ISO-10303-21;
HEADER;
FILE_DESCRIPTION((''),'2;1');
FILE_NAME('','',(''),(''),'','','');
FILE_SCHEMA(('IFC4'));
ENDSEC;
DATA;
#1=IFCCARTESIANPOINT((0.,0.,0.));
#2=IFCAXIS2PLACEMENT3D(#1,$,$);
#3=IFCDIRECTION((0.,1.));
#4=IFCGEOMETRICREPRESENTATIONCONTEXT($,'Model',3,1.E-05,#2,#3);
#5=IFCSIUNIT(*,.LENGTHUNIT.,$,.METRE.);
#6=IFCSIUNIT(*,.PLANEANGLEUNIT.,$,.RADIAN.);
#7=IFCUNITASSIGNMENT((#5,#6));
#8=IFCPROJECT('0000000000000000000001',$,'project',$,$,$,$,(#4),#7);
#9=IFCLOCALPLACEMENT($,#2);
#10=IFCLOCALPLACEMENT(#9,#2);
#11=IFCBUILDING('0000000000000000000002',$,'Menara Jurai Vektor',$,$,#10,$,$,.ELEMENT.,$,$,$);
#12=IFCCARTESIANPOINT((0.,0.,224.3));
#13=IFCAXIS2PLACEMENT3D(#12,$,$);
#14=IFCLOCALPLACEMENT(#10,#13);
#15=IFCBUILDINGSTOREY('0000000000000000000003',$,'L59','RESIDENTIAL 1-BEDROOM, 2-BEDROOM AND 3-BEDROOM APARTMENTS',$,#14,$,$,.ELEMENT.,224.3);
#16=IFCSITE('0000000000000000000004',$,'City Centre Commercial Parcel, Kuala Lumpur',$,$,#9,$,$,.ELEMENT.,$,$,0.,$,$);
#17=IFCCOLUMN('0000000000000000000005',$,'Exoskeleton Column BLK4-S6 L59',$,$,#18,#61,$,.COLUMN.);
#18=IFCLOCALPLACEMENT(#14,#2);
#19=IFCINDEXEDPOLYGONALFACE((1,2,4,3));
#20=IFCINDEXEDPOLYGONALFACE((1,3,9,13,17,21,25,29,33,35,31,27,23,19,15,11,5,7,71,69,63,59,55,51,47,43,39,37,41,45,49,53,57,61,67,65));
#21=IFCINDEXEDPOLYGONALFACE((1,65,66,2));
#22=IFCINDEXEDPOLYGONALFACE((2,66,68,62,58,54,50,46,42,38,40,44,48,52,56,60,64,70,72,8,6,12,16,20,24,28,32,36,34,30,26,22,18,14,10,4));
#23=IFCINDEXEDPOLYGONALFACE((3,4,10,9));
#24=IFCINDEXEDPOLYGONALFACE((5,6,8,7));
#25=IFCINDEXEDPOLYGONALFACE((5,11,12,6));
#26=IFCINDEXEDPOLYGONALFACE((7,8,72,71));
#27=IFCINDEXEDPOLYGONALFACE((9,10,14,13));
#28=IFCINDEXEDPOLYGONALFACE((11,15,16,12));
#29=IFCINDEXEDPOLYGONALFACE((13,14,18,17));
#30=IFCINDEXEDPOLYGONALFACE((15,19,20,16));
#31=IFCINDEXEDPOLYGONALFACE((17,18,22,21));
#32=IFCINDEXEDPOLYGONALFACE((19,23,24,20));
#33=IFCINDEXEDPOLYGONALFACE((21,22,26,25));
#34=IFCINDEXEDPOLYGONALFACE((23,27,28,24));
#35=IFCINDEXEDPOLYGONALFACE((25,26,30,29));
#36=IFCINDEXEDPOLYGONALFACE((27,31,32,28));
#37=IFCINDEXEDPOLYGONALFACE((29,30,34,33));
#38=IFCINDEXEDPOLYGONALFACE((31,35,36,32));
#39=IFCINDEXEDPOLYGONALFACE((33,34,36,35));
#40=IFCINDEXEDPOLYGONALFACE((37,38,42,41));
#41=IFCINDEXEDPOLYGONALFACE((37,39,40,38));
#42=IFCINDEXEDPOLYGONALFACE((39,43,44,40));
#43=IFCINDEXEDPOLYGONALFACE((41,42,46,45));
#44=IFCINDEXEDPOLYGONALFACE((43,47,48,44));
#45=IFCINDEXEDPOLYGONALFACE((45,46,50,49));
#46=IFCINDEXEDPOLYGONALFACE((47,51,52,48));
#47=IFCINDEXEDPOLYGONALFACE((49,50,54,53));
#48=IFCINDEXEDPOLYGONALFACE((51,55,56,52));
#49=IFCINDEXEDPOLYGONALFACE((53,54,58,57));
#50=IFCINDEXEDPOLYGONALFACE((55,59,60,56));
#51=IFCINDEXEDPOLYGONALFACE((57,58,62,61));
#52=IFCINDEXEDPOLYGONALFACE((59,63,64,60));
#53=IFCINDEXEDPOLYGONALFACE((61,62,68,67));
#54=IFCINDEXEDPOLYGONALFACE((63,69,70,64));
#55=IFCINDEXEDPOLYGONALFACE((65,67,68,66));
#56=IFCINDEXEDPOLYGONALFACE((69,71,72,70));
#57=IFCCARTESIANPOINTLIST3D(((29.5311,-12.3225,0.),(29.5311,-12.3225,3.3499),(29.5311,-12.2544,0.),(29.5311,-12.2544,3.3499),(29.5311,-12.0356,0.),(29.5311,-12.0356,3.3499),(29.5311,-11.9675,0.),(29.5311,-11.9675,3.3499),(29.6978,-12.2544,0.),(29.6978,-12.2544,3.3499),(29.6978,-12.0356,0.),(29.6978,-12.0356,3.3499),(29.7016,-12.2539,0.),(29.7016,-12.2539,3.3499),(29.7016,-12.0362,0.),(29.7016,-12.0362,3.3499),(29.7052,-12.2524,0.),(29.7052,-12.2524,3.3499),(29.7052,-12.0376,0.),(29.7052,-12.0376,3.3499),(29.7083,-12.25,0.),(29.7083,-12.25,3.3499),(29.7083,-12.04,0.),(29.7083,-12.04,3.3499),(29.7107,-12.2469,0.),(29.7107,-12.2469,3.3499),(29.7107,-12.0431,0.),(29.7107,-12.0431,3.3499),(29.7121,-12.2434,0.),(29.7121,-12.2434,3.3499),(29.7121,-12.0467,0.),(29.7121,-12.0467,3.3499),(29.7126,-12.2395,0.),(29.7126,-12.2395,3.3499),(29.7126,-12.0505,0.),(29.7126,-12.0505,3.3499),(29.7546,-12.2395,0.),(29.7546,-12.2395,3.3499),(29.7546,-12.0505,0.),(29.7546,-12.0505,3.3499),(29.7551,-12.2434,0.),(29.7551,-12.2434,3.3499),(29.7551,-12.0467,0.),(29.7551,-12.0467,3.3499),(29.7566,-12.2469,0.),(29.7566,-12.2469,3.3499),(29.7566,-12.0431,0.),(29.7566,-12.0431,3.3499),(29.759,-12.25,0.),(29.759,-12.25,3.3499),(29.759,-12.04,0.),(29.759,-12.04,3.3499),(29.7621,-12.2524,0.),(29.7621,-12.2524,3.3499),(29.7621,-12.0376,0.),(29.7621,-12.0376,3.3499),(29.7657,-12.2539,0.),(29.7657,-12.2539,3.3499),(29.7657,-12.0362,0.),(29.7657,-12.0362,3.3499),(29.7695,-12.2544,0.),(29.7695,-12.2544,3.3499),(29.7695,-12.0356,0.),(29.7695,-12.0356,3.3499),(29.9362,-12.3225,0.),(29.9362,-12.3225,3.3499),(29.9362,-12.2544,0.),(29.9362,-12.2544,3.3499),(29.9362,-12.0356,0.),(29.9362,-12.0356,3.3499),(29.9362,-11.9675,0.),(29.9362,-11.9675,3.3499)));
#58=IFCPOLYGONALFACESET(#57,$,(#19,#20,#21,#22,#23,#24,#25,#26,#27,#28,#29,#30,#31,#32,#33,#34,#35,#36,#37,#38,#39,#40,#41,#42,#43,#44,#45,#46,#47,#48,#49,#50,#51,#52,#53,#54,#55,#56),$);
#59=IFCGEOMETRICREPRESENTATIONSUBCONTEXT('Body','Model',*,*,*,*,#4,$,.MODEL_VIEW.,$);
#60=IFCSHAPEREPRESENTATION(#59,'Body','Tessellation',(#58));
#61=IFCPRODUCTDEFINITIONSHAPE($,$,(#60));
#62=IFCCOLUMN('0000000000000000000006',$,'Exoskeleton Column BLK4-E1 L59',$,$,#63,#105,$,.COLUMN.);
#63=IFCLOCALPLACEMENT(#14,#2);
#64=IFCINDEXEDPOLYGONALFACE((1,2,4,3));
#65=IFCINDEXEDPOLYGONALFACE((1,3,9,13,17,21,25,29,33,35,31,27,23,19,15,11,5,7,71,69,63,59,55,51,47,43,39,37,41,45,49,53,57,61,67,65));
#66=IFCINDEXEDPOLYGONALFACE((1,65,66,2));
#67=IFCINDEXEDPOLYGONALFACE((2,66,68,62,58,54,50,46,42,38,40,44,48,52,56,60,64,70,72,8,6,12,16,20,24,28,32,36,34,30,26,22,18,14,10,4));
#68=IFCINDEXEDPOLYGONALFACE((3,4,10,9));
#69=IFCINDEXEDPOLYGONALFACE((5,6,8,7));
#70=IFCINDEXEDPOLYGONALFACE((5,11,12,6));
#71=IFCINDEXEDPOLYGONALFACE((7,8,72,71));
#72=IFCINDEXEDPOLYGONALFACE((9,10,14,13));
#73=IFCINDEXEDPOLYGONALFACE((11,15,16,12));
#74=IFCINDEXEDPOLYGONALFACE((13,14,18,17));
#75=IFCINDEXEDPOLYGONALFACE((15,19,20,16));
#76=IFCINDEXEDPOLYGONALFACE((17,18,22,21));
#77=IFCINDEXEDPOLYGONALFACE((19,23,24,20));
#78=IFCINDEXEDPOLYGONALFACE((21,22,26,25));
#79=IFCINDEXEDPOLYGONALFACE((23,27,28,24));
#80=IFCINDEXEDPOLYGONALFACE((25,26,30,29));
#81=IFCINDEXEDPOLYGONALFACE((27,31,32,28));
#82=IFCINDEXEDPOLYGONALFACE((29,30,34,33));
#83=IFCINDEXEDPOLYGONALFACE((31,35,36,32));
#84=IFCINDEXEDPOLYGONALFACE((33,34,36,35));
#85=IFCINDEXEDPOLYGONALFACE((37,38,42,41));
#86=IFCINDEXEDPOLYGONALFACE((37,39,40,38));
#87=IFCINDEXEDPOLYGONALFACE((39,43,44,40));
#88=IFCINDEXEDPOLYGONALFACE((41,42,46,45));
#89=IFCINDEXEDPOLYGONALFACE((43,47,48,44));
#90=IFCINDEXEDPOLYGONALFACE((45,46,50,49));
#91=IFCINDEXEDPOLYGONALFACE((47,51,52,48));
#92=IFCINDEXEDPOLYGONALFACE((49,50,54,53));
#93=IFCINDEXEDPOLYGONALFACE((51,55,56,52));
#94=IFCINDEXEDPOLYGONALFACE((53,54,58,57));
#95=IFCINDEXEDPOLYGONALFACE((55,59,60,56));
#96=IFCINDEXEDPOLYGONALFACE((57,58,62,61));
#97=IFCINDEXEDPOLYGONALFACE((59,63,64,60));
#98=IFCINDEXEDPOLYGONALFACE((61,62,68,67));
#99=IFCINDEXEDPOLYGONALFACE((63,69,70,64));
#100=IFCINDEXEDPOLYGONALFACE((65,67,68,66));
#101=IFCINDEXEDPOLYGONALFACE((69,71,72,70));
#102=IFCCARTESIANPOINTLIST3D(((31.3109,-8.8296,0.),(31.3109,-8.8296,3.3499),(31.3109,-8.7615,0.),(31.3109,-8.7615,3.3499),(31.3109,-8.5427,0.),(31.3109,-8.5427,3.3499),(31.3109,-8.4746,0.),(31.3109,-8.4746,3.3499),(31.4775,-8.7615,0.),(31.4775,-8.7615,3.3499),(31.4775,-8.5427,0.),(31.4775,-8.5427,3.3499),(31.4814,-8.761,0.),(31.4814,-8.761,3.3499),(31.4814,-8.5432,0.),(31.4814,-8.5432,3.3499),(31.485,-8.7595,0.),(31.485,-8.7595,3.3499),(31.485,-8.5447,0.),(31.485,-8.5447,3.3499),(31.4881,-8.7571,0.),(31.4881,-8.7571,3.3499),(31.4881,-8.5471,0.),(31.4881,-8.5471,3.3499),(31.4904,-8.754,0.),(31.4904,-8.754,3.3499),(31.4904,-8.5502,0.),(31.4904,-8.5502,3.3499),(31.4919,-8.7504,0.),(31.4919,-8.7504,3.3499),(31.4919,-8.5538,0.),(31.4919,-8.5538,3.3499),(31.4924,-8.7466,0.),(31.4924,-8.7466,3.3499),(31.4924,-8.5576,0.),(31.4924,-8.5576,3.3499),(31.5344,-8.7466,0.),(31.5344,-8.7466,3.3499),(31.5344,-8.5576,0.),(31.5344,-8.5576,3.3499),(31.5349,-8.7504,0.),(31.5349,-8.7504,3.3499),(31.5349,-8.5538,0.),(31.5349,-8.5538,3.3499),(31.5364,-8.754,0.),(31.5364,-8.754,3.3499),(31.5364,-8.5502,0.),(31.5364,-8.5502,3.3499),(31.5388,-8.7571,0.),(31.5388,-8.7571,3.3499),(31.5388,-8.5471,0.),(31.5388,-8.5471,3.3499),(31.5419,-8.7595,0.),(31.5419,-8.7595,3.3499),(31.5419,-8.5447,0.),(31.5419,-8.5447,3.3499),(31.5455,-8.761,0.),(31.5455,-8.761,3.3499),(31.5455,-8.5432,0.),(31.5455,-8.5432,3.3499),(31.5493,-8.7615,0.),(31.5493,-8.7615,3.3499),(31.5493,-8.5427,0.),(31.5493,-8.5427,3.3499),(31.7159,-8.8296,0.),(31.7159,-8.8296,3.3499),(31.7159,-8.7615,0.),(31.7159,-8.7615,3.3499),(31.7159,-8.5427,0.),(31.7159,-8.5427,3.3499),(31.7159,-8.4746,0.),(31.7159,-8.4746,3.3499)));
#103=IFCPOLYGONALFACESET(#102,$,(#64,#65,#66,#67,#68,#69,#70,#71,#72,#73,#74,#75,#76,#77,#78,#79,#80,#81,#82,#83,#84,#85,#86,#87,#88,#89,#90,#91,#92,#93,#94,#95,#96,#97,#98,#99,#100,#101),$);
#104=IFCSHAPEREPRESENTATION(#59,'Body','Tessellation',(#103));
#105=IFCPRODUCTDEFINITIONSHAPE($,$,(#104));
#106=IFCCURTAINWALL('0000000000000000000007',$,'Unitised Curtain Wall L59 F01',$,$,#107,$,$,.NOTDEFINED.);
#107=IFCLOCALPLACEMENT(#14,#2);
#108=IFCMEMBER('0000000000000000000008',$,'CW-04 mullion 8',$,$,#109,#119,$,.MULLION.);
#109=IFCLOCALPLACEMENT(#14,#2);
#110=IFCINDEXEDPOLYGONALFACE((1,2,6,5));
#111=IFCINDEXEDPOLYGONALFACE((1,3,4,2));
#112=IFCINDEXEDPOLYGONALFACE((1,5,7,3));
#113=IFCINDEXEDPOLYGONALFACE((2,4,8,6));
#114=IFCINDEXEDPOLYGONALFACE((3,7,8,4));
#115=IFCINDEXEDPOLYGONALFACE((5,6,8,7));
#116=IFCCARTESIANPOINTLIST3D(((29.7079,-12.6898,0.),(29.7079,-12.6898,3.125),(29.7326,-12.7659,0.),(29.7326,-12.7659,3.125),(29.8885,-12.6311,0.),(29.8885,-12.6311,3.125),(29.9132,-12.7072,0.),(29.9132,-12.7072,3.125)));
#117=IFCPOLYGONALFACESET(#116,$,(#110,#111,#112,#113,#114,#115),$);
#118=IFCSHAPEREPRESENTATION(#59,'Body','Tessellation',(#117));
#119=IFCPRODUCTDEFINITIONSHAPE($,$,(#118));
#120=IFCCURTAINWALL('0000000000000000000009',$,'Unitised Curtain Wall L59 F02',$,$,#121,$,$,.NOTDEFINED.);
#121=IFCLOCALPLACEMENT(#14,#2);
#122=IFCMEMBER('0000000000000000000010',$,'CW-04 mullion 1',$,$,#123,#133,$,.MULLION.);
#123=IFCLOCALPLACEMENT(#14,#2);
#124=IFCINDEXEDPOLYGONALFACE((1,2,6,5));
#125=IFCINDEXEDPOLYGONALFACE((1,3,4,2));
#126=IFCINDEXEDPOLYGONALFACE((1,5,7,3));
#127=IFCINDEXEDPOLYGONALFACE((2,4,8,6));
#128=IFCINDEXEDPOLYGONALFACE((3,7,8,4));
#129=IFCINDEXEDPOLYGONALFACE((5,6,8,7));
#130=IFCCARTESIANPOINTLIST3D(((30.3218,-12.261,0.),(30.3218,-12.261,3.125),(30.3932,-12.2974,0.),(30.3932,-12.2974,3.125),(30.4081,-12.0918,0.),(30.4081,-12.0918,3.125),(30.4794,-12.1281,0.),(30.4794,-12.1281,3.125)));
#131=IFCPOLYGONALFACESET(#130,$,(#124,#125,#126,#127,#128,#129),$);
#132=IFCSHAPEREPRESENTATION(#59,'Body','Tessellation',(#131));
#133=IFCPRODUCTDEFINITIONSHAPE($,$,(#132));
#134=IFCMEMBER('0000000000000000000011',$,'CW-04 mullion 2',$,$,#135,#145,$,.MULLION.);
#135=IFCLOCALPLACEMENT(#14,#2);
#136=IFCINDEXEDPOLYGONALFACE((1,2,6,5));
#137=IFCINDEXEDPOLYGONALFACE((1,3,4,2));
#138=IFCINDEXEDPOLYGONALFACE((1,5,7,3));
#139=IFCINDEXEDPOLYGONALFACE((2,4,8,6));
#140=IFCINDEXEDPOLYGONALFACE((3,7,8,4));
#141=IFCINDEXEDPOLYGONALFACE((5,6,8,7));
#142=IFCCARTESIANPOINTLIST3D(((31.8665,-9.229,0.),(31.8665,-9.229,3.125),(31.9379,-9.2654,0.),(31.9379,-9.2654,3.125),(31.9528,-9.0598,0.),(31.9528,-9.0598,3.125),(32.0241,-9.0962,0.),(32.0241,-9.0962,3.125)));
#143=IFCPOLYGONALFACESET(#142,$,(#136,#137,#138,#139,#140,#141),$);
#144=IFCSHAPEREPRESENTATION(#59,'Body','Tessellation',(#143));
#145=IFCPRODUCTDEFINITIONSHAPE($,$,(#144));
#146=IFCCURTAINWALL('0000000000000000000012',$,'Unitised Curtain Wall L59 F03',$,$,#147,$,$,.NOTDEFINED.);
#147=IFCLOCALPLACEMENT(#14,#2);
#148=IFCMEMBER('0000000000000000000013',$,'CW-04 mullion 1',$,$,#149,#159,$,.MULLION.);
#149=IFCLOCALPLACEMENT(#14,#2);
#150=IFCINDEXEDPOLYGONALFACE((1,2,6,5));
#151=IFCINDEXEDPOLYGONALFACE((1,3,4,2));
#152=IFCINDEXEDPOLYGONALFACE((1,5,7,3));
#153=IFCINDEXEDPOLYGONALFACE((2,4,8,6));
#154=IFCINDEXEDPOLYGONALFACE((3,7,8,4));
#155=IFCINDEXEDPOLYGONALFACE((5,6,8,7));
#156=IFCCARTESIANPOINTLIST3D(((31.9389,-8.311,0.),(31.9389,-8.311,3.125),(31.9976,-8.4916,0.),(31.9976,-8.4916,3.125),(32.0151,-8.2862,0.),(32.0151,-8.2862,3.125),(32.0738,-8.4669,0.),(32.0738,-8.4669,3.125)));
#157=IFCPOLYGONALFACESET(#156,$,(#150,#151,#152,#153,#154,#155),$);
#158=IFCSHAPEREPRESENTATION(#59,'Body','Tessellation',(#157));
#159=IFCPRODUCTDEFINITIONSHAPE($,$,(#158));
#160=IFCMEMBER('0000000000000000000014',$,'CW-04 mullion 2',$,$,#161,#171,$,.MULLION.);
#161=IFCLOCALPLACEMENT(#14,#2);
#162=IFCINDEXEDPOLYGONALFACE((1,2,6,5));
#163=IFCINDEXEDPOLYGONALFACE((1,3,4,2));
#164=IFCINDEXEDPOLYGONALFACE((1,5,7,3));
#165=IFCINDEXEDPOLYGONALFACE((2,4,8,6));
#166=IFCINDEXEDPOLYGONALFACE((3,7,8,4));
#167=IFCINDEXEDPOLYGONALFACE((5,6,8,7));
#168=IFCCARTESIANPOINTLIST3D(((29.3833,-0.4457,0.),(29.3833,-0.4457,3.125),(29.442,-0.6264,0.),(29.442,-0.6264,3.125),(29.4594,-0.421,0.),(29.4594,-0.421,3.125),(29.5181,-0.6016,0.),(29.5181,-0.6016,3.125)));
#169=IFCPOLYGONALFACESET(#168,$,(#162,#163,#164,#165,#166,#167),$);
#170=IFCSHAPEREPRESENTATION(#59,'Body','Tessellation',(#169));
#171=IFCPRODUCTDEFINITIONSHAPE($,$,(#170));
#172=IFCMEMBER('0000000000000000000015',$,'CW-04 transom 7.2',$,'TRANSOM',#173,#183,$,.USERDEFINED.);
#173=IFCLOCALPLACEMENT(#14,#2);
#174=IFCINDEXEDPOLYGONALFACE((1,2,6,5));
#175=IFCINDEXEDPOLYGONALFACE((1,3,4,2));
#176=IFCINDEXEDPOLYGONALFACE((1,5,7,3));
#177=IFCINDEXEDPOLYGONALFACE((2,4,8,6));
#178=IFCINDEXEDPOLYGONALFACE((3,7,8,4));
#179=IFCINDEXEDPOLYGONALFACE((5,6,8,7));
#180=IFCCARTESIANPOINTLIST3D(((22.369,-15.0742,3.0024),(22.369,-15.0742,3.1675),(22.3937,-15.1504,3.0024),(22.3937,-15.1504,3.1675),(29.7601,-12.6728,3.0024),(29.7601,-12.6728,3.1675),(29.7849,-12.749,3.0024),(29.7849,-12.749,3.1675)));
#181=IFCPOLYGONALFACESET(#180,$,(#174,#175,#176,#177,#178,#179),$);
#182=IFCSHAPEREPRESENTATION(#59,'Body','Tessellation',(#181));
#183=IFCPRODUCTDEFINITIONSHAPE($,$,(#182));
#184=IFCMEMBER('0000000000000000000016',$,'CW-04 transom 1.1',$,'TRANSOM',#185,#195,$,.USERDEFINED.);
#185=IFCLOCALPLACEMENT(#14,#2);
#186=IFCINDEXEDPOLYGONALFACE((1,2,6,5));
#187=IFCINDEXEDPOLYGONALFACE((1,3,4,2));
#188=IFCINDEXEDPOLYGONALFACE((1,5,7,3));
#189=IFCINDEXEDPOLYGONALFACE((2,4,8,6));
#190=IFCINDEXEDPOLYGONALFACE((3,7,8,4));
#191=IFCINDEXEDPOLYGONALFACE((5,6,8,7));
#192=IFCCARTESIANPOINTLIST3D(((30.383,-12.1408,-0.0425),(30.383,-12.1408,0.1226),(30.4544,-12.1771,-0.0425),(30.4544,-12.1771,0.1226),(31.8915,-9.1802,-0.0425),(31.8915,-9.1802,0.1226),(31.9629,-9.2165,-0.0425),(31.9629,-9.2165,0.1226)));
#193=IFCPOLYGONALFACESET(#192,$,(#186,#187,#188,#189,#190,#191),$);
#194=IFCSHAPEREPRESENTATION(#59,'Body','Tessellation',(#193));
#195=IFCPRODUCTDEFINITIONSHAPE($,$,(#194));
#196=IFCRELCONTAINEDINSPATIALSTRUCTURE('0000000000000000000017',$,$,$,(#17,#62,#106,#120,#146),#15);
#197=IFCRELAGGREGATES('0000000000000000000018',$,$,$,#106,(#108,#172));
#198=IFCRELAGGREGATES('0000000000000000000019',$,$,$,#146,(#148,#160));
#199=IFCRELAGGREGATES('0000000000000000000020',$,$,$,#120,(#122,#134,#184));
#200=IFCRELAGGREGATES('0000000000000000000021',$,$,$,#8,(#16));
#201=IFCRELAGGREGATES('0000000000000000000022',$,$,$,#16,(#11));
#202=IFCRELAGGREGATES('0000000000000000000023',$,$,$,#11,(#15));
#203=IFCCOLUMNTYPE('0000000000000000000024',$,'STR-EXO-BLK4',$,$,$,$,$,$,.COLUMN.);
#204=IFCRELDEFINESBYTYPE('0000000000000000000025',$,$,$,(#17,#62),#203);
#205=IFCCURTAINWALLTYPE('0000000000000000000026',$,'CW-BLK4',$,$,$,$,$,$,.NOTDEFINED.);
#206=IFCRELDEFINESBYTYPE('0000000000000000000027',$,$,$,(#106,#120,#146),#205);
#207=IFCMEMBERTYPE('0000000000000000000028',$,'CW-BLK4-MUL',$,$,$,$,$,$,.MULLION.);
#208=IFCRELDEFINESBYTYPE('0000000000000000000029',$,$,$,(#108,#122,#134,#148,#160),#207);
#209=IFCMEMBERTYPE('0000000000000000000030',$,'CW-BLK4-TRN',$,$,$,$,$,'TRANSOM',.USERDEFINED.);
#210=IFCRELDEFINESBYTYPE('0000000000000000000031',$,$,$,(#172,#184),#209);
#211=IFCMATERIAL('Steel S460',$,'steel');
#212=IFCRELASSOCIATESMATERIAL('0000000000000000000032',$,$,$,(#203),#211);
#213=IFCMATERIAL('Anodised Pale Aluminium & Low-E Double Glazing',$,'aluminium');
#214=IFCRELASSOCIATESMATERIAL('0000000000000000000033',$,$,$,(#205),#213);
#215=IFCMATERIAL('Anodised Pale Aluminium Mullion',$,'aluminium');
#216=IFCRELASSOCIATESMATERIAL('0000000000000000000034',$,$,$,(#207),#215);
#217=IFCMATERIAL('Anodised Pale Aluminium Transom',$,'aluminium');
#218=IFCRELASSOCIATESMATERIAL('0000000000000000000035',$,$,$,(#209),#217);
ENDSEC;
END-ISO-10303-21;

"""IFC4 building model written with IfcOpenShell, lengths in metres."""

from ifc_helpers import new_model, si_unit, direction, frame, origin, origin_2d, place, context, subcontext, project, spatial, rectangle, i_section, extrude, material, material_profile, profile_set, type_object, element, aggregate, save


model = new_model("IFC4")

# Units and contexts
model_context = context("Model", 3, precision=1e-05, world=origin(), true_north=direction((0.0, 1.0)))
body_context = subcontext(model_context, "Body", "Model", "MODEL_VIEW")
ifc_project = project(units=[si_unit("LENGTHUNIT", "METRE"), si_unit("PLANEANGLEUNIT", "RADIAN")], contexts=[model_context])

# Site, building, storey
site_placement = place(None, origin())
site = spatial("IfcSite", under=ifc_project, at=site_placement, Name="City Centre Commercial Parcel, Kuala Lumpur", CompositionType="ELEMENT", RefElevation=0.0)
building_placement = place(site_placement, origin())
building = spatial("IfcBuilding", under=site, at=building_placement, Name="Menara Jurai Vektor", CompositionType="ELEMENT")
storey_placement = place(building_placement, frame((0.0, 0.0, 224.3)))
storey = spatial("IfcBuildingStorey", under=building, at=storey_placement, Name="L59", Description="RESIDENTIAL 1-BEDROOM, 2-BEDROOM AND 3-BEDROOM APARTMENTS", CompositionType="ELEMENT", Elevation=224.3)

# Columns
ifc_material_1 = material(Name="Steel S460", Category="steel")
ifc_material_profile_1 = material_profile(ifc_material_1, i_section(OverallWidth=0.405, OverallDepth=0.355, WebThickness=0.042, FlangeThickness=0.0681, FilletRadius=0.0149, at=origin_2d()), Name="HD 400x551")
ifc_profile_set_1 = profile_set([ifc_material_profile_1], Name="Steel S460")
column_type = type_object("IfcColumnType", Name="STR-EXO-BLK4", PredefinedType="COLUMN", material=ifc_profile_set_1)
for number, where, z_axis, x_axis, name in (
    (1, (29.7336, -12.145, 0.0), (0.0, 0.0, 1.0), (1.0, 0.0, 0.0), "Exoskeleton Column BLK4-S6 L59"),
    (2, (31.5134, -8.6521, 0.0), (0.0, 0.0, 1.0), (1.0, 0.0, 0.0), "Exoskeleton Column BLK4-E1 L59"),
):
    element("IfcColumn", number, at=place(storey_placement, frame(where, z_axis=z_axis, x_axis=x_axis)), inside=storey, type_object=column_type, Name=name, PredefinedType="COLUMN", context=body_context, shape_type="SweptSolid", body=[
        extrude(i_section(OverallWidth=0.405, OverallDepth=0.355, WebThickness=0.042, FlangeThickness=0.0681, FilletRadius=0.0149, at=origin_2d()), origin(), (0.0, 0.0, 1.0), 3.3499),
    ])

# Curtain wall, member
ifc_material_2 = material(Name="Anodised Pale Aluminium & Low-E Double Glazing", Category="aluminium")
curtain_wall_type = type_object("IfcCurtainWallType", Name="CW-BLK4", PredefinedType="NOTDEFINED", material=ifc_material_2)
curtain_wall_1_placement = place(storey_placement, origin())
curtain_wall_1 = element("IfcCurtainWall", 3, at=curtain_wall_1_placement, inside=storey, type_object=curtain_wall_type, Name="Unitised Curtain Wall L59 F01", PredefinedType="NOTDEFINED")
ifc_material_3 = material(Name="Anodised Pale Aluminium Mullion", Category="aluminium")
ifc_material_profile_2 = material_profile(ifc_material_3, rectangle(XDim=0.0801, YDim=0.1899, at=origin_2d()), Name="ALU MUL 80x190")
ifc_profile_set_2 = profile_set([ifc_material_profile_2], Name="Anodised Pale Aluminium Mullion")
member_type_1 = type_object("IfcMemberType", Name="CW-BLK4-MUL", PredefinedType="MULLION", material=ifc_profile_set_2)
member_1_placement = place(storey_placement, frame((29.8105, -12.6985, 0.0), z_axis=(0.0, 0.0, 1.0), x_axis=(-0.309017, 0.951056, 0.0)))
member_1 = element("IfcMember", 4, at=member_1_placement, type_object=member_type_1, Name="CW-04 mullion 8", PredefinedType="MULLION", context=body_context, shape_type="SweptSolid", body=[
    extrude(rectangle(XDim=0.0801, YDim=0.1899, at=origin_2d()), origin(), (0.0, 0.0, 1.0), 3.125),
])

# Curtain walls, members
curtain_wall_2_placement = place(storey_placement, origin())
curtain_wall_2 = element("IfcCurtainWall", 5, at=curtain_wall_2_placement, inside=storey, type_object=curtain_wall_type, Name="Unitised Curtain Wall L59 F02", PredefinedType="NOTDEFINED")
member_2_placement = place(storey_placement, frame((30.4006, -12.1946, 0.0), z_axis=(0.0, 0.0, 1.0), x_axis=(-0.891008, 0.453989, 0.0)))
member_2 = element("IfcMember", 6, at=member_2_placement, type_object=member_type_1, Name="CW-04 mullion 1", PredefinedType="MULLION", context=body_context, shape_type="SweptSolid", body=[
    extrude(rectangle(XDim=0.0801, YDim=0.1899, at=origin_2d()), origin(), (0.0, 0.0, 1.0), 3.125),
])
member_3_placement = place(storey_placement, frame((31.9453, -9.1626, 0.0), z_axis=(0.0, 0.0, 1.0), x_axis=(-0.891008, 0.453989, 0.0)))
member_3 = element("IfcMember", 7, at=member_3_placement, type_object=member_type_1, Name="CW-04 mullion 2", PredefinedType="MULLION", context=body_context, shape_type="SweptSolid", body=[
    extrude(rectangle(XDim=0.0801, YDim=0.1899, at=origin_2d()), origin(), (0.0, 0.0, 1.0), 3.125),
])
curtain_wall_3_placement = place(storey_placement, origin())
curtain_wall_3 = element("IfcCurtainWall", 8, at=curtain_wall_3_placement, inside=storey, type_object=curtain_wall_type, Name="Unitised Curtain Wall L59 F03", PredefinedType="NOTDEFINED")
member_4_placement = place(storey_placement, frame((32.0063, -8.3889, 0.0), z_axis=(0.0, 0.0, 1.0), x_axis=(-0.951057, -0.309016, 0.0)))
member_4 = element("IfcMember", 9, at=member_4_placement, type_object=member_type_1, Name="CW-04 mullion 1", PredefinedType="MULLION", context=body_context, shape_type="SweptSolid", body=[
    extrude(rectangle(XDim=0.0801, YDim=0.1899, at=origin_2d()), origin(), (0.0, 0.0, 1.0), 3.125),
])
member_5_placement = place(storey_placement, frame((29.4507, -0.5237, 0.0), z_axis=(0.0, 0.0, 1.0), x_axis=(-0.951057, -0.309016, 0.0)))
member_5 = element("IfcMember", 10, at=member_5_placement, type_object=member_type_1, Name="CW-04 mullion 2", PredefinedType="MULLION", context=body_context, shape_type="SweptSolid", body=[
    extrude(rectangle(XDim=0.0801, YDim=0.1899, at=origin_2d()), origin(), (0.0, 0.0, 1.0), 3.125),
])

# Members
ifc_material_4 = material(Name="Anodised Pale Aluminium Transom", Category="aluminium")
ifc_material_profile_3 = material_profile(ifc_material_4, rectangle(XDim=0.0801, YDim=0.165, at=origin_2d()), Name="ALU TRN 80x165")
ifc_profile_set_3 = profile_set([ifc_material_profile_3], Name="Anodised Pale Aluminium Transom")
member_type_2 = type_object("IfcMemberType", Name="CW-BLK4-TRN", ElementType="TRANSOM", PredefinedType="USERDEFINED", material=ifc_profile_set_3)
member_6_placement = place(storey_placement, frame((22.3813, -15.1123, 3.085), z_axis=(0.951062, 0.308999, 0.0), x_axis=(-0.308999, 0.951062, 0.0)))
member_6 = element("IfcMember", 11, at=member_6_placement, type_object=member_type_2, Name="CW-04 transom 7.2", ObjectType="TRANSOM", PredefinedType="USERDEFINED", context=body_context, shape_type="SweptSolid", body=[
    extrude(rectangle(XDim=0.0801, YDim=0.165, at=origin_2d()), origin(), (0.0, 0.0, 1.0), 7.7715),
])
member_7_placement = place(storey_placement, frame((30.4187, -12.1589, 0.04), z_axis=(0.45399, 0.891007, 0.0), x_axis=(-0.891007, 0.45399, 0.0)))
member_7 = element("IfcMember", 12, at=member_7_placement, type_object=member_type_2, Name="CW-04 transom 1.1", ObjectType="TRANSOM", PredefinedType="USERDEFINED", context=body_context, shape_type="SweptSolid", body=[
    extrude(rectangle(XDim=0.0801, YDim=0.165, at=origin_2d()), origin(), (0.0, 0.0, 1.0), 3.3228),
])

aggregate(curtain_wall_1, [member_1, member_6])
aggregate(curtain_wall_3, [member_4, member_5])
aggregate(curtain_wall_2, [member_2, member_3, member_7])

save(model, "model.ifc")
